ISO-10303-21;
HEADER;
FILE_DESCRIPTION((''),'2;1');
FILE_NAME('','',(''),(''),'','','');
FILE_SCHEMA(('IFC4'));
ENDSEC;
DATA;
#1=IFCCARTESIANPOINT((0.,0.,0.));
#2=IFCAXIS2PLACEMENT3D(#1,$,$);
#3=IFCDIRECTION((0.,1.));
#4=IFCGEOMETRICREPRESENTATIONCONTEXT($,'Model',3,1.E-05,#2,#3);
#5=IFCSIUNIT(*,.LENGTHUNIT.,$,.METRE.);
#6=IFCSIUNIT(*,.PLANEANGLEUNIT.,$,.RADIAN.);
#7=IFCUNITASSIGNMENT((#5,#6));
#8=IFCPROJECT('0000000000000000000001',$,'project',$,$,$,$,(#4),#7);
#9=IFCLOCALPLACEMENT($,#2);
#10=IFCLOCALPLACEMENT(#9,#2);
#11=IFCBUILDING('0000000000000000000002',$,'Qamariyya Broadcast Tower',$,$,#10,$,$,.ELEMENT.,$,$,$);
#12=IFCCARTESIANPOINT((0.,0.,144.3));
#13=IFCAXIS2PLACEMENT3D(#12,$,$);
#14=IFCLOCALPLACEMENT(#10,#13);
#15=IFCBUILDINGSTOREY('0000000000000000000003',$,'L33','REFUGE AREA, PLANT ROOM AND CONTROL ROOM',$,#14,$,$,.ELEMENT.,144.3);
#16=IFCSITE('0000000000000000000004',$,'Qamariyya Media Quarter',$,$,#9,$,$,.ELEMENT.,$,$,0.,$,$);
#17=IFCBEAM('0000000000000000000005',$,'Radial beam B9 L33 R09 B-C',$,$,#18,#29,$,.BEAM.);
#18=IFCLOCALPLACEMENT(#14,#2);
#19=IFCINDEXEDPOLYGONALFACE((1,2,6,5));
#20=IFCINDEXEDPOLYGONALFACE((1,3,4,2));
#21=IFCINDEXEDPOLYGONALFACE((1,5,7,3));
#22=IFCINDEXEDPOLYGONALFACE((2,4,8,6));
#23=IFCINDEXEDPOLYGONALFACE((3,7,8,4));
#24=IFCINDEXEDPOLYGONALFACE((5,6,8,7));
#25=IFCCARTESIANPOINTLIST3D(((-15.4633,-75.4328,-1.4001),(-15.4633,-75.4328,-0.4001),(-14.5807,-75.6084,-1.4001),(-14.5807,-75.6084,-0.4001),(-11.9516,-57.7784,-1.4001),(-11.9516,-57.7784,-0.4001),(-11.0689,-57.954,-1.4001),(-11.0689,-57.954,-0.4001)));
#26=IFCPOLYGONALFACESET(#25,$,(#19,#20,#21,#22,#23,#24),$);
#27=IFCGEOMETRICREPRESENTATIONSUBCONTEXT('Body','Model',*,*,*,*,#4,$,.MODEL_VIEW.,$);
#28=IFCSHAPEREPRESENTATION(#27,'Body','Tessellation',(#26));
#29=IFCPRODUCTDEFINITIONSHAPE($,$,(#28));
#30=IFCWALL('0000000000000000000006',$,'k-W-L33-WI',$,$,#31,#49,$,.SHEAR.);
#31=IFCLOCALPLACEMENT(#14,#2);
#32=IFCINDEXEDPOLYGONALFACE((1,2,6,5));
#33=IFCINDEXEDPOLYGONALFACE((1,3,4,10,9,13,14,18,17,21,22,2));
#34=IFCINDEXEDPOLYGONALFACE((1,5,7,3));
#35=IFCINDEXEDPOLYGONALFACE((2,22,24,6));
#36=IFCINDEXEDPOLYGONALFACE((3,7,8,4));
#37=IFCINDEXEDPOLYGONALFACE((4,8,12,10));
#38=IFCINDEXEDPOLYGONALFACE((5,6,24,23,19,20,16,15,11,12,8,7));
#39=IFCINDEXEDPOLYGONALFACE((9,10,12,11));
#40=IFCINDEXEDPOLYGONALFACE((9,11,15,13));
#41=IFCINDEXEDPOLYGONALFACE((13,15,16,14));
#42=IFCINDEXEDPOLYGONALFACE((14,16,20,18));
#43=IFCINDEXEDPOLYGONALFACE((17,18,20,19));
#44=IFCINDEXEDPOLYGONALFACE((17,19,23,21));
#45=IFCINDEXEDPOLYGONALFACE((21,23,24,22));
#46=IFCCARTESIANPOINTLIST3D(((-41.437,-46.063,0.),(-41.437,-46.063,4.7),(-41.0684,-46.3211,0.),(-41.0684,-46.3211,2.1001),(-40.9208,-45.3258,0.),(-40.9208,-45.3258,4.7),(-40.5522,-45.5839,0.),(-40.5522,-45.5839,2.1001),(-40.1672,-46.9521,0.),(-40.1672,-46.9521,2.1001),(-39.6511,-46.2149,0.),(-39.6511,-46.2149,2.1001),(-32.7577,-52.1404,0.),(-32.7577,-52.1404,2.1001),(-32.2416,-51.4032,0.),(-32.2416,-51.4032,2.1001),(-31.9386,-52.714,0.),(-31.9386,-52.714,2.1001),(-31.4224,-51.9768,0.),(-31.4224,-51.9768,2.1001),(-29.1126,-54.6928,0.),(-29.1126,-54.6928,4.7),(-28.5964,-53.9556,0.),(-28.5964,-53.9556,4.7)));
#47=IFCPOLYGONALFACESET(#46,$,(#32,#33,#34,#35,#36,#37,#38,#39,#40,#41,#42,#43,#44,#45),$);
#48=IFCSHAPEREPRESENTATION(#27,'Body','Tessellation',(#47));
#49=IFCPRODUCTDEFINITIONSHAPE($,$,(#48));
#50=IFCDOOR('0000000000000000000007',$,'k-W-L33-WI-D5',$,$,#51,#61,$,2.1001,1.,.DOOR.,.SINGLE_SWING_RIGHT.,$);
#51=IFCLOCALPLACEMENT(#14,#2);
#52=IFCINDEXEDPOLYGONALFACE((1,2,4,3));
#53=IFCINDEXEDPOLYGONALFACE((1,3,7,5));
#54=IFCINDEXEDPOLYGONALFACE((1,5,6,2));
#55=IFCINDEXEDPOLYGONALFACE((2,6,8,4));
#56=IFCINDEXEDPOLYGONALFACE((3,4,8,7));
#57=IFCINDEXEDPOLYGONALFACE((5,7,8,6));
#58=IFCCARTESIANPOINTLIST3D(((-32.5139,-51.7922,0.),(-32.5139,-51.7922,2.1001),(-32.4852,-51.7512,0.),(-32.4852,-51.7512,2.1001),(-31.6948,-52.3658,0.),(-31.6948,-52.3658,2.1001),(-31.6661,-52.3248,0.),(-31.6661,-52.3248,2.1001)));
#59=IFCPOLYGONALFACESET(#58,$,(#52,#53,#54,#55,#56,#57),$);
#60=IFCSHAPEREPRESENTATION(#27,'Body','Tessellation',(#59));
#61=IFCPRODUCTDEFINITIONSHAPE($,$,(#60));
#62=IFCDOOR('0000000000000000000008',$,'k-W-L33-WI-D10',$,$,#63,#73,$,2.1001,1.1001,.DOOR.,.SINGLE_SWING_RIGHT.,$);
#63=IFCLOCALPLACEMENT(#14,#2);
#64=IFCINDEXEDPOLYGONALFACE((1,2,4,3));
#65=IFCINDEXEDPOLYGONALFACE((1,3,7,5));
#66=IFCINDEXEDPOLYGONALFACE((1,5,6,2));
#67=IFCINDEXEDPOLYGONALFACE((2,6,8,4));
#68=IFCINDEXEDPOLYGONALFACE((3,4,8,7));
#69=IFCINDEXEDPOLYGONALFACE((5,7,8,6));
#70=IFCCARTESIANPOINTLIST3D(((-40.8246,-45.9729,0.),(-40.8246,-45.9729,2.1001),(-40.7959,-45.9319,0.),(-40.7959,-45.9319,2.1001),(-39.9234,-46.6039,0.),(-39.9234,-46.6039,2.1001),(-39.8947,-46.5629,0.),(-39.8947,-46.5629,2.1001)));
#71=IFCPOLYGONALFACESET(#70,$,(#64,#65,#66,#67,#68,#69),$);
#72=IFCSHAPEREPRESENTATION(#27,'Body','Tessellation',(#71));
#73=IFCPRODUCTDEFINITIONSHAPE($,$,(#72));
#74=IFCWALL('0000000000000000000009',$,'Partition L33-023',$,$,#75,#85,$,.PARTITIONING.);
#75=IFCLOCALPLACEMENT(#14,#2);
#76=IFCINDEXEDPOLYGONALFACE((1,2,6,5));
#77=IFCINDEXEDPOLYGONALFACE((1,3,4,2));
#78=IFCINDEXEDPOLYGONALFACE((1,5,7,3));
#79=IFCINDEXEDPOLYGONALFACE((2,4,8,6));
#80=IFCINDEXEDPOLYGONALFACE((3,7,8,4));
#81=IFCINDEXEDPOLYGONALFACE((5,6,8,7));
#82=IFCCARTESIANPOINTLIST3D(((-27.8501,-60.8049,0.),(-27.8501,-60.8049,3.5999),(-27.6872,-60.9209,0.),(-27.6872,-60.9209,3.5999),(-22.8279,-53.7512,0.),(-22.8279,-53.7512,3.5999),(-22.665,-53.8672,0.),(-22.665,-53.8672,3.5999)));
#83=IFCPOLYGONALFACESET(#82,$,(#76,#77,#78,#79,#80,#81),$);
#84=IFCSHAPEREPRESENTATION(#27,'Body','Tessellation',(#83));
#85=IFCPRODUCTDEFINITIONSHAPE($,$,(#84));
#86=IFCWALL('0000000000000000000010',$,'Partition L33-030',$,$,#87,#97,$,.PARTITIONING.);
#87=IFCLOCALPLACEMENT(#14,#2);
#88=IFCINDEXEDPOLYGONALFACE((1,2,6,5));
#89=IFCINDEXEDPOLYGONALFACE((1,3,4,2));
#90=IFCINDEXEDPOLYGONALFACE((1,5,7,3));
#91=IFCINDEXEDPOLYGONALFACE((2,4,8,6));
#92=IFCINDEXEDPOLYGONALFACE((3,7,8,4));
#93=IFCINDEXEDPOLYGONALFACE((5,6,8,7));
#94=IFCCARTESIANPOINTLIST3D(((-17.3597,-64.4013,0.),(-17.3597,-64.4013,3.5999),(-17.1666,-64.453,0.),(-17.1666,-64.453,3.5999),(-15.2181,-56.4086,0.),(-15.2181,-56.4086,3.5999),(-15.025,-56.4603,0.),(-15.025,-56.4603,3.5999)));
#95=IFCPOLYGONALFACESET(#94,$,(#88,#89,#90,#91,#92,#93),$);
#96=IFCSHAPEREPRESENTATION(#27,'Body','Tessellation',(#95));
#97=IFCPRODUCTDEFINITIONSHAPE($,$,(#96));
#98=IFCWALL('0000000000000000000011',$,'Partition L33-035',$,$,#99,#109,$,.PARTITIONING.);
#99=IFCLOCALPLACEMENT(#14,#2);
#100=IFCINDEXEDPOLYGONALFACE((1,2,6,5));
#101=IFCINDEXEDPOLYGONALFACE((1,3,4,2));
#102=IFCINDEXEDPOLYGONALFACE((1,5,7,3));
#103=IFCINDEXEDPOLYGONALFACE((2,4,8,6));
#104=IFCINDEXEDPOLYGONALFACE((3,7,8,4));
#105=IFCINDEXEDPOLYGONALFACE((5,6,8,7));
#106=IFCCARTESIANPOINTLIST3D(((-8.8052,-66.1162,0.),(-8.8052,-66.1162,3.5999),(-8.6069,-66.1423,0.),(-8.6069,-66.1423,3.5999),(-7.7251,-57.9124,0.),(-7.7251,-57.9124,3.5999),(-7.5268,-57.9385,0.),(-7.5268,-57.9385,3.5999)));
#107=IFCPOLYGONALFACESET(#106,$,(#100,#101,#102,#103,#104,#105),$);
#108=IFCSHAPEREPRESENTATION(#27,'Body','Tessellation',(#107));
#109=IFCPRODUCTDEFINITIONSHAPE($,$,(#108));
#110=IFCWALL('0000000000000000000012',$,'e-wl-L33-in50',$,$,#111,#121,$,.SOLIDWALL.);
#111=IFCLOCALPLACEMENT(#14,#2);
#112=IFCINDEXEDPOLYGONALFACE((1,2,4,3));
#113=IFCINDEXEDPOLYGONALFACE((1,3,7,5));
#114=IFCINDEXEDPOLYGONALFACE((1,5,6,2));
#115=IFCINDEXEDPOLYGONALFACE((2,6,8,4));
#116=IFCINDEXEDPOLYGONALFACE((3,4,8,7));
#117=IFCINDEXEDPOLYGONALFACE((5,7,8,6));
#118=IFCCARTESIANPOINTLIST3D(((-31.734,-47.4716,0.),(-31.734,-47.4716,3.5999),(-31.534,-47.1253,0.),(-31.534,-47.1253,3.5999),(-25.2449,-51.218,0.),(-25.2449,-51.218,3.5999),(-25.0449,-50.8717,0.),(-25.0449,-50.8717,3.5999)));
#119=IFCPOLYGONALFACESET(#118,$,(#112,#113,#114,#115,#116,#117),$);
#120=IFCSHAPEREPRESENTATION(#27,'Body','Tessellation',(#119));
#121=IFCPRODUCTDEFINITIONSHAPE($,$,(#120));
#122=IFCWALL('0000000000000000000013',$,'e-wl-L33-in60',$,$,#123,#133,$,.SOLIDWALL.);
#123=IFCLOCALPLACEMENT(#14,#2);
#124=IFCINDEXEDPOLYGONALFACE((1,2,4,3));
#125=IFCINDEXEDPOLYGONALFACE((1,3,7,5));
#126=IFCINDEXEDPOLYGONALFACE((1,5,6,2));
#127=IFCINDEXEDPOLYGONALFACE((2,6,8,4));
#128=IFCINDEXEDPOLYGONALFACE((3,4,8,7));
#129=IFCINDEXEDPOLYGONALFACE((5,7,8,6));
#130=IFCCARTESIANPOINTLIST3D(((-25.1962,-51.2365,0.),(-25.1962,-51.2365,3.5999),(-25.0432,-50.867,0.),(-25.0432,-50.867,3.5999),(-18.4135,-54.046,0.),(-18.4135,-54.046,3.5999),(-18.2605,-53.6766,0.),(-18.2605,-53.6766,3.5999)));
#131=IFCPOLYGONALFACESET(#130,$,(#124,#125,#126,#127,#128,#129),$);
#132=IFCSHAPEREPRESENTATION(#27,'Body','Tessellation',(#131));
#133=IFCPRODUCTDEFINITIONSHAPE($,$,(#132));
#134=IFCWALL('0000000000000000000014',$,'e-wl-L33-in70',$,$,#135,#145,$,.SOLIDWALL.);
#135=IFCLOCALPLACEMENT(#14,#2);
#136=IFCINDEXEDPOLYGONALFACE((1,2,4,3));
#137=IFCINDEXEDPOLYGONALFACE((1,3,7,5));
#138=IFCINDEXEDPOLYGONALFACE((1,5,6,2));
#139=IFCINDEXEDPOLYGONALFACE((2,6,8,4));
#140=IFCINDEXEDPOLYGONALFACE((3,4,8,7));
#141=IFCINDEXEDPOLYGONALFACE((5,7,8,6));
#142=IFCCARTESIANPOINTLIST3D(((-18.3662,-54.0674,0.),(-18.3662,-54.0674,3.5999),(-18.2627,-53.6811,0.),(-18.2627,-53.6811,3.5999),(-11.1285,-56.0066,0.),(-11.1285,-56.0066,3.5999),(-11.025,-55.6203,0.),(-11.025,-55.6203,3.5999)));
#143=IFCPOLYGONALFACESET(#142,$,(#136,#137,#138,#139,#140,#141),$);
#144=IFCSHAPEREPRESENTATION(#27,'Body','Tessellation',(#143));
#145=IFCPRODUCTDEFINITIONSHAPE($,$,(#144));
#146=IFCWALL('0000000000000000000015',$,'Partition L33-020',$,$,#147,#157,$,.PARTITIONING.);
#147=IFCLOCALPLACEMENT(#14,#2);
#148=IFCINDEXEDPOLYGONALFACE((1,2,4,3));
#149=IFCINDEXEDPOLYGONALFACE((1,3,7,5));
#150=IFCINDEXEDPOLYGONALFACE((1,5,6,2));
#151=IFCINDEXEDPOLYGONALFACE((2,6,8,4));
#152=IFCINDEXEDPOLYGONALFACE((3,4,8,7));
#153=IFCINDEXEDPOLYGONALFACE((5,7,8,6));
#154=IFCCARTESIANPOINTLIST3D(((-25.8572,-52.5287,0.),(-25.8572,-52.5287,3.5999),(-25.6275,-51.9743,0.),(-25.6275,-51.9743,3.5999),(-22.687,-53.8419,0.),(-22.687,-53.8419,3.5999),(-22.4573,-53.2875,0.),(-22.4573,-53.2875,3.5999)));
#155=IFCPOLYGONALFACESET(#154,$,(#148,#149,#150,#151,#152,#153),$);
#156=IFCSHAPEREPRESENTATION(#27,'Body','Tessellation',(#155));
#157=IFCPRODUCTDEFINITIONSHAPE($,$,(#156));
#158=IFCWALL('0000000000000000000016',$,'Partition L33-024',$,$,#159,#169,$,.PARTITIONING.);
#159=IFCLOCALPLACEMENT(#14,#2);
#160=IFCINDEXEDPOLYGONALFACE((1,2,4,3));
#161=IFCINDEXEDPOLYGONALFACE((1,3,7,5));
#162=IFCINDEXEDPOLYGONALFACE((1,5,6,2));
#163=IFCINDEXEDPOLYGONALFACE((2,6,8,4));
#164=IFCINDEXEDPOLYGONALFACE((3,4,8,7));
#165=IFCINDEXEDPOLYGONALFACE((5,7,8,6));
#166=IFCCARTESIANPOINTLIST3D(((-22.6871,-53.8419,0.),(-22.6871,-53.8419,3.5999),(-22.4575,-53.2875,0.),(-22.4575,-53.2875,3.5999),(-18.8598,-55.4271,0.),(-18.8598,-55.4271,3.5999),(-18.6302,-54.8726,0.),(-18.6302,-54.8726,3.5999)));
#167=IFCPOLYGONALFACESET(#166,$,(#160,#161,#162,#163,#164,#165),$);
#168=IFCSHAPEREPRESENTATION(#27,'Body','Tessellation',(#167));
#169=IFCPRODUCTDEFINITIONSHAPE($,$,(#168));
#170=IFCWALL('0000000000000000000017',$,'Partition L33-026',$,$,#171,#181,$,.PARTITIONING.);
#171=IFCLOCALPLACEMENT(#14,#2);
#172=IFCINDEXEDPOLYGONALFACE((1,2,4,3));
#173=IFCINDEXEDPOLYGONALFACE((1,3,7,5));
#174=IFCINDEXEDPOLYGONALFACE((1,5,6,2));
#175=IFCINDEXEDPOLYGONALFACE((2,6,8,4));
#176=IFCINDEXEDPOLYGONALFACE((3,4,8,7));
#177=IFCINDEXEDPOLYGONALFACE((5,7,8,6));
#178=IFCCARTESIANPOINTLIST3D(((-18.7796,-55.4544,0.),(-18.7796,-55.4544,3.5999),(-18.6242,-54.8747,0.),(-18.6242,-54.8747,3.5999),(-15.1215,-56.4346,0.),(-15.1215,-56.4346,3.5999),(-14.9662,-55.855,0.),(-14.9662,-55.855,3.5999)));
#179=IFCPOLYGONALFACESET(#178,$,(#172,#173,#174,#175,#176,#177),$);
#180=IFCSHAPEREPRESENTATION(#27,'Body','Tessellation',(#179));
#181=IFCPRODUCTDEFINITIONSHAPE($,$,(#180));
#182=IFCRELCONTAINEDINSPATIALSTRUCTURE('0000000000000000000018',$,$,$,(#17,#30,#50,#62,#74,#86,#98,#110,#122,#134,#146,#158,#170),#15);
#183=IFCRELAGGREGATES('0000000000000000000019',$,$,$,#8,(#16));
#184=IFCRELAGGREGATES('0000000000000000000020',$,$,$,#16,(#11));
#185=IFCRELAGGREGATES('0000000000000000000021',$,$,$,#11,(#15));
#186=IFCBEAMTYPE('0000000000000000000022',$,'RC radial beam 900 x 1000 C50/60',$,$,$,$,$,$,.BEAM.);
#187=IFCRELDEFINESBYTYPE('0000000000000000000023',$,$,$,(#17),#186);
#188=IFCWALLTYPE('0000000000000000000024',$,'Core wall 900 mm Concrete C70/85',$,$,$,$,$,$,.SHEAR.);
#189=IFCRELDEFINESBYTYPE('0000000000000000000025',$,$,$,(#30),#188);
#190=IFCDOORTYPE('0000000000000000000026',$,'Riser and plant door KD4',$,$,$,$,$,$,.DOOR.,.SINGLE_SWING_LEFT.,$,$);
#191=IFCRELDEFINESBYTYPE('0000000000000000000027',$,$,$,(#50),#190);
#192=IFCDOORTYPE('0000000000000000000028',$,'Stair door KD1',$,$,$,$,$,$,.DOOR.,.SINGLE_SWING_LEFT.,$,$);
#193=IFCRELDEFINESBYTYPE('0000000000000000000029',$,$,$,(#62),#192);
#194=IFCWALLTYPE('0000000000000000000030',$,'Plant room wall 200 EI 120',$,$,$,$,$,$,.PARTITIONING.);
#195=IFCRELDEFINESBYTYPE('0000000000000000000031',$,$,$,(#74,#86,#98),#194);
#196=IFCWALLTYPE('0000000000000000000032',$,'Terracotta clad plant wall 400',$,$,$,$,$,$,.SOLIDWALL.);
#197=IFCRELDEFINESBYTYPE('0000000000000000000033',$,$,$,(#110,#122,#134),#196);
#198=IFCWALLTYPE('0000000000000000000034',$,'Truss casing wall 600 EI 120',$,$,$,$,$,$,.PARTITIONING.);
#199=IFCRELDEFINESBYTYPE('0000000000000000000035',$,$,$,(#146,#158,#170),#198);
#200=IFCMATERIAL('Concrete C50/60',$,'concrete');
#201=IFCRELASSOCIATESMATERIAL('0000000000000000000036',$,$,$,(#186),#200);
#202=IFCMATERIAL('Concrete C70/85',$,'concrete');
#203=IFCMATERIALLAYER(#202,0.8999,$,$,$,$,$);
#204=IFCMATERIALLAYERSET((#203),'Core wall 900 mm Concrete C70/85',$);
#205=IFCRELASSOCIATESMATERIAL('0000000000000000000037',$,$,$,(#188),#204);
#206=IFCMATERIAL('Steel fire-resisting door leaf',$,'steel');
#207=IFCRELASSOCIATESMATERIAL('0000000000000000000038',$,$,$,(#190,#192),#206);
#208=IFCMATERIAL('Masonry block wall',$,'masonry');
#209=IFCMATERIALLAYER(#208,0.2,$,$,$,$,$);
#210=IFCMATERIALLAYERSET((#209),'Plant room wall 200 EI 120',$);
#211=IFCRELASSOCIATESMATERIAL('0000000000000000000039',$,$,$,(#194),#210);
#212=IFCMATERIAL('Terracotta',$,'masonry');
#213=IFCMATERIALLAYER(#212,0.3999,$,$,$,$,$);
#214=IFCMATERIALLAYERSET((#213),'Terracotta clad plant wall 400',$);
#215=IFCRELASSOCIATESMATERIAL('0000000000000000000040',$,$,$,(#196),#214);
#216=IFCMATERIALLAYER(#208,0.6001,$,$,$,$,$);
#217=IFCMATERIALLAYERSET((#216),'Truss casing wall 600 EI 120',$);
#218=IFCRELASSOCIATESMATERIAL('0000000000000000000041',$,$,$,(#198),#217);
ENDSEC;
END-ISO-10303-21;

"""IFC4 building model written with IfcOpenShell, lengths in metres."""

from ifc_helpers import new_model, si_unit, direction, frame, frame_2d, origin, origin_2d, place, context, subcontext, project, spatial, rectangle, extrude, material, layer, layer_set, material_profile, profile_set, type_object, element, fill, save


model = new_model("IFC4")

# Units and contexts
model_context = context("Model", 3, precision=1e-05, world=origin(), true_north=direction((0.0, 1.0)))
body_context = subcontext(model_context, "Body", "Model", "MODEL_VIEW")
ifc_project = project(units=[si_unit("LENGTHUNIT", "METRE"), si_unit("PLANEANGLEUNIT", "RADIAN")], contexts=[model_context])

# Site, building, storey
site_placement = place(None, origin())
site = spatial("IfcSite", under=ifc_project, at=site_placement, Name="Qamariyya Media Quarter", CompositionType="ELEMENT", RefElevation=0.0)
building_placement = place(site_placement, origin())
building = spatial("IfcBuilding", under=site, at=building_placement, Name="Qamariyya Broadcast Tower", CompositionType="ELEMENT")
storey_placement = place(building_placement, frame((0.0, 0.0, 144.3)))
storey = spatial("IfcBuildingStorey", under=building, at=storey_placement, Name="L33", Description="REFUGE AREA, PLANT ROOM AND CONTROL ROOM", CompositionType="ELEMENT", Elevation=144.3)

# Shared definitions
ifc_material_1 = material(Name="Concrete C70/85", Category="concrete")

# Beam
ifc_material_2 = material(Name="Concrete C50/60", Category="concrete")
ifc_material_profile_1 = material_profile(ifc_material_2, rectangle(XDim=0.8999, YDim=1.0, at=origin_2d()))
ifc_profile_set_1 = profile_set([ifc_material_profile_1], Name="Concrete C50/60")
beam_type_1 = type_object("IfcBeamType", Name="RC radial beam 900 x 1000 C50/60", PredefinedType="BEAM", material=ifc_profile_set_1)
beam_1_placement = place(storey_placement, frame((-11.5103, -57.8662, -0.9001), z_axis=(-0.195094, -0.980785, 0.0), x_axis=(0.980785, -0.195094, 0.0)))
element("IfcBeam", 1, at=beam_1_placement, inside=storey, type_object=beam_type_1, Name="Radial beam B9 L33 R09 B-C", PredefinedType="BEAM", context=body_context, shape_type="SweptSolid", body=[
    extrude(rectangle(XDim=0.8999, YDim=1.0, at=origin_2d()), origin(), (0.0, 0.0, 1.0), 18.0002),
])

# Wall, openings, doors
ifc_layer_1 = layer(ifc_material_1, 0.8999)
ifc_layer_set_1 = layer_set([ifc_layer_1], Name="Core wall 900 mm Concrete C70/85")
wall_type_1 = type_object("IfcWallType", Name="Core wall 900 mm Concrete C70/85", PredefinedType="SHEAR", material=ifc_layer_set_1)
wall_1_placement = place(storey_placement, frame((-28.8545, -54.3242, 0.0), z_axis=(0.0, 0.0, 1.0), x_axis=(-0.819146, 0.573585, 0.0)))
wall_1 = element("IfcWall", 2, at=wall_1_placement, inside=storey, type_object=wall_type_1, Name="k-W-L33-WI", PredefinedType="SHEAR", context=body_context, shape_type="SweptSolid", body=[
    extrude(rectangle(XDim=15.0454, YDim=0.8999, at=frame_2d((7.5227, 0.0))), origin(), (0.0, 0.0, 1.0), 4.7),
])
opening_1_placement = place(wall_1_placement, frame((3.45, 0.0, 0.0)))
opening_1 = element("IfcOpeningElement", 3, at=opening_1_placement, cuts=wall_1, PredefinedType="OPENING", context=body_context, shape_type="SweptSolid", body=[
    extrude(rectangle(XDim=1.0, YDim=2.1001, at=frame_2d((0.5, 1.05))), frame((0.0, 0.46, 0.0), z_axis=(0.0, -1.0, 0.0), x_axis=(1.0, 0.0, 0.0)), (0.0, 0.0, 1.0), 0.9199),
])
opening_2_placement = place(wall_1_placement, frame((13.4954, 0.0, 0.0)))
opening_2 = element("IfcOpeningElement", 4, at=opening_2_placement, cuts=wall_1, PredefinedType="OPENING", context=body_context, shape_type="SweptSolid", body=[
    extrude(rectangle(XDim=1.1001, YDim=2.1001, at=frame_2d((0.55, 1.05))), frame((0.0, 0.46, 0.0), z_axis=(0.0, -1.0, 0.0), x_axis=(1.0, 0.0, 0.0)), (0.0, 0.0, 1.0), 0.9199),
])
ifc_material_3 = material(Name="Steel fire-resisting door leaf", Category="steel")
door_type_1 = type_object("IfcDoorType", Name="Riser and plant door KD4", OperationType="SINGLE_SWING_LEFT", PredefinedType="DOOR", material=ifc_material_3)
door_1_placement = place(opening_1_placement, origin())
door_1 = element("IfcDoor", 5, at=door_1_placement, inside=storey, type_object=door_type_1, Name="k-W-L33-WI-D5", OperationType="SINGLE_SWING_RIGHT", OverallHeight=2.1001, OverallWidth=1.0, PredefinedType="DOOR", context=body_context, shape_type="SweptSolid", body=[
    extrude(rectangle(XDim=1.0, YDim=2.1001, at=frame_2d((0.5, 1.05))), frame((0.0, 0.0249, 0.0), z_axis=(0.0, -1.0, 0.0), x_axis=(1.0, 0.0, 0.0)), (0.0, 0.0, 1.0), 0.05),
])
fill(opening_1, door_1)
door_type_2 = type_object("IfcDoorType", Name="Stair door KD1", OperationType="SINGLE_SWING_LEFT", PredefinedType="DOOR", material=ifc_material_3)
door_2_placement = place(opening_2_placement, origin())
door_2 = element("IfcDoor", 6, at=door_2_placement, inside=storey, type_object=door_type_2, Name="k-W-L33-WI-D10", OperationType="SINGLE_SWING_RIGHT", OverallHeight=2.1001, OverallWidth=1.1001, PredefinedType="DOOR", context=body_context, shape_type="SweptSolid", body=[
    extrude(rectangle(XDim=1.1001, YDim=2.1001, at=frame_2d((0.55, 1.05))), frame((0.0, 0.0249, 0.0), z_axis=(0.0, -1.0, 0.0), x_axis=(1.0, 0.0, 0.0)), (0.0, 0.0, 1.0), 0.05),
])
fill(opening_2, door_2)

# Walls
ifc_material_4 = material(Name="Masonry block wall", Category="masonry")
ifc_layer_2 = layer(ifc_material_4, 0.2)
ifc_layer_set_2 = layer_set([ifc_layer_2], Name="Plant room wall 200 EI 120")
wall_type_2 = type_object("IfcWallType", Name="Plant room wall 200 EI 120", PredefinedType="PARTITIONING", material=ifc_layer_set_2)
wall_2_placement = place(storey_placement, frame((-22.7463, -53.8091, 0.0), z_axis=(0.0, 0.0, 1.0), x_axis=(-0.580003, -0.814615, 0.0)))
element("IfcWall", 7, at=wall_2_placement, inside=storey, type_object=wall_type_2, Name="Partition L33-023", PredefinedType="PARTITIONING", context=body_context, shape_type="SweptSolid", body=[
    extrude(rectangle(XDim=8.6589, YDim=0.2, at=frame_2d((4.3296, 0.0))), origin(), (0.0, 0.0, 1.0), 3.5999),
])
for number, where, z_axis, x_axis, name in (
    (8, (-15.1216, -56.4346, 0.0), (0.0, 0.0, 1.0), (-0.258816, -0.965927, 0.0), "Partition L33-030"),
    (9, (-7.626, -57.9255, 0.0), (0.0, 0.0, 1.0), (-0.130529, -0.991445, 0.0), "Partition L33-035"),
):
    element("IfcWall", number, at=place(storey_placement, frame(where, z_axis=z_axis, x_axis=x_axis)), inside=storey, type_object=wall_type_2, Name=name, PredefinedType="PARTITIONING", context=body_context, shape_type="SweptSolid", body=[
        extrude(rectangle(XDim=8.2747, YDim=0.2, at=frame_2d((4.1372, 0.0))), origin(), (0.0, 0.0, 1.0), 3.5999),
    ])
ifc_material_5 = material(Name="Terracotta", Category="masonry")
ifc_layer_3 = layer(ifc_material_5, 0.3999)
ifc_layer_set_3 = layer_set([ifc_layer_3], Name="Terracotta clad plant wall 400")
wall_type_3 = type_object("IfcWallType", Name="Terracotta clad plant wall 400", PredefinedType="SOLIDWALL", material=ifc_layer_set_3)
wall_3_placement = place(storey_placement, frame((-25.1448, -51.0449, 0.0), z_axis=(0.0, 0.0, 1.0), x_axis=(-0.866031, 0.49999, 0.0)))
element("IfcWall", 10, at=wall_3_placement, inside=storey, type_object=wall_type_3, Name="e-wl-L33-in50", PredefinedType="SOLIDWALL", context=body_context, shape_type="SweptSolid", body=[
    extrude(rectangle(XDim=7.4929, YDim=0.3999, at=frame_2d((3.7466, 0.0))), origin(), (0.0, 0.0, 1.0), 3.5999),
])
wall_4_placement = place(storey_placement, frame((-18.3369, -53.8613, 0.0), z_axis=(0.0, 0.0, 1.0), x_axis=(-0.923876, 0.382692, 0.0)))
element("IfcWall", 11, at=wall_4_placement, inside=storey, type_object=wall_type_3, Name="e-wl-L33-in60", PredefinedType="SOLIDWALL", context=body_context, shape_type="SweptSolid", body=[
    extrude(rectangle(XDim=7.3416, YDim=0.3999, at=frame_2d((3.6709, 0.0))), origin(), (0.0, 0.0, 1.0), 3.5999),
])
wall_5_placement = place(storey_placement, frame((-11.0767, -55.8135, 0.0), z_axis=(0.0, 0.0, 1.0), x_axis=(-0.965929, 0.258808, 0.0)))
element("IfcWall", 12, at=wall_5_placement, inside=storey, type_object=wall_type_3, Name="e-wl-L33-in70", PredefinedType="SOLIDWALL", context=body_context, shape_type="SweptSolid", body=[
    extrude(rectangle(XDim=7.4929, YDim=0.3999, at=frame_2d((3.7466, 0.0))), origin(), (0.0, 0.0, 1.0), 3.5999),
])
ifc_layer_4 = layer(ifc_material_4, 0.6001)
ifc_layer_set_4 = layer_set([ifc_layer_4], Name="Truss casing wall 600 EI 120")
wall_type_4 = type_object("IfcWallType", Name="Truss casing wall 600 EI 120", PredefinedType="PARTITIONING", material=ifc_layer_set_4)
wall_6_placement = place(storey_placement, frame((-25.7424, -52.2515, 0.0), z_axis=(0.0, 0.0, 1.0), x_axis=(0.923869, -0.38271, 0.0)))
element("IfcWall", 13, at=wall_6_placement, inside=storey, type_object=wall_type_4, Name="Partition L33-020", PredefinedType="PARTITIONING", context=body_context, shape_type="SweptSolid", body=[
    extrude(rectangle(XDim=3.4314, YDim=0.6001, at=frame_2d((1.7158, 0.0))), origin(), (0.0, 0.0, 1.0), 3.5999),
])
wall_7_placement = place(storey_placement, frame((-22.5723, -53.5647, 0.0), z_axis=(0.0, 0.0, 1.0), x_axis=(0.923893, -0.382652, 0.0)))
element("IfcWall", 14, at=wall_7_placement, inside=storey, type_object=wall_type_4, Name="Partition L33-024", PredefinedType="PARTITIONING", context=body_context, shape_type="SweptSolid", body=[
    extrude(rectangle(XDim=4.1426, YDim=0.6001, at=frame_2d((2.0713, 0.0))), origin(), (0.0, 0.0, 1.0), 3.5999),
])
wall_8_placement = place(storey_placement, frame((-18.7019, -55.1646, 0.0), z_axis=(0.0, 0.0, 1.0), x_axis=(0.965921, -0.258838, 0.0)))
element("IfcWall", 15, at=wall_8_placement, inside=storey, type_object=wall_type_4, Name="Partition L33-026", PredefinedType="PARTITIONING", context=body_context, shape_type="SweptSolid", body=[
    extrude(rectangle(XDim=3.7871, YDim=0.6001, at=frame_2d((1.8936, 0.0))), origin(), (0.0, 0.0, 1.0), 3.5999),
])

save(model, "model.ifc")
